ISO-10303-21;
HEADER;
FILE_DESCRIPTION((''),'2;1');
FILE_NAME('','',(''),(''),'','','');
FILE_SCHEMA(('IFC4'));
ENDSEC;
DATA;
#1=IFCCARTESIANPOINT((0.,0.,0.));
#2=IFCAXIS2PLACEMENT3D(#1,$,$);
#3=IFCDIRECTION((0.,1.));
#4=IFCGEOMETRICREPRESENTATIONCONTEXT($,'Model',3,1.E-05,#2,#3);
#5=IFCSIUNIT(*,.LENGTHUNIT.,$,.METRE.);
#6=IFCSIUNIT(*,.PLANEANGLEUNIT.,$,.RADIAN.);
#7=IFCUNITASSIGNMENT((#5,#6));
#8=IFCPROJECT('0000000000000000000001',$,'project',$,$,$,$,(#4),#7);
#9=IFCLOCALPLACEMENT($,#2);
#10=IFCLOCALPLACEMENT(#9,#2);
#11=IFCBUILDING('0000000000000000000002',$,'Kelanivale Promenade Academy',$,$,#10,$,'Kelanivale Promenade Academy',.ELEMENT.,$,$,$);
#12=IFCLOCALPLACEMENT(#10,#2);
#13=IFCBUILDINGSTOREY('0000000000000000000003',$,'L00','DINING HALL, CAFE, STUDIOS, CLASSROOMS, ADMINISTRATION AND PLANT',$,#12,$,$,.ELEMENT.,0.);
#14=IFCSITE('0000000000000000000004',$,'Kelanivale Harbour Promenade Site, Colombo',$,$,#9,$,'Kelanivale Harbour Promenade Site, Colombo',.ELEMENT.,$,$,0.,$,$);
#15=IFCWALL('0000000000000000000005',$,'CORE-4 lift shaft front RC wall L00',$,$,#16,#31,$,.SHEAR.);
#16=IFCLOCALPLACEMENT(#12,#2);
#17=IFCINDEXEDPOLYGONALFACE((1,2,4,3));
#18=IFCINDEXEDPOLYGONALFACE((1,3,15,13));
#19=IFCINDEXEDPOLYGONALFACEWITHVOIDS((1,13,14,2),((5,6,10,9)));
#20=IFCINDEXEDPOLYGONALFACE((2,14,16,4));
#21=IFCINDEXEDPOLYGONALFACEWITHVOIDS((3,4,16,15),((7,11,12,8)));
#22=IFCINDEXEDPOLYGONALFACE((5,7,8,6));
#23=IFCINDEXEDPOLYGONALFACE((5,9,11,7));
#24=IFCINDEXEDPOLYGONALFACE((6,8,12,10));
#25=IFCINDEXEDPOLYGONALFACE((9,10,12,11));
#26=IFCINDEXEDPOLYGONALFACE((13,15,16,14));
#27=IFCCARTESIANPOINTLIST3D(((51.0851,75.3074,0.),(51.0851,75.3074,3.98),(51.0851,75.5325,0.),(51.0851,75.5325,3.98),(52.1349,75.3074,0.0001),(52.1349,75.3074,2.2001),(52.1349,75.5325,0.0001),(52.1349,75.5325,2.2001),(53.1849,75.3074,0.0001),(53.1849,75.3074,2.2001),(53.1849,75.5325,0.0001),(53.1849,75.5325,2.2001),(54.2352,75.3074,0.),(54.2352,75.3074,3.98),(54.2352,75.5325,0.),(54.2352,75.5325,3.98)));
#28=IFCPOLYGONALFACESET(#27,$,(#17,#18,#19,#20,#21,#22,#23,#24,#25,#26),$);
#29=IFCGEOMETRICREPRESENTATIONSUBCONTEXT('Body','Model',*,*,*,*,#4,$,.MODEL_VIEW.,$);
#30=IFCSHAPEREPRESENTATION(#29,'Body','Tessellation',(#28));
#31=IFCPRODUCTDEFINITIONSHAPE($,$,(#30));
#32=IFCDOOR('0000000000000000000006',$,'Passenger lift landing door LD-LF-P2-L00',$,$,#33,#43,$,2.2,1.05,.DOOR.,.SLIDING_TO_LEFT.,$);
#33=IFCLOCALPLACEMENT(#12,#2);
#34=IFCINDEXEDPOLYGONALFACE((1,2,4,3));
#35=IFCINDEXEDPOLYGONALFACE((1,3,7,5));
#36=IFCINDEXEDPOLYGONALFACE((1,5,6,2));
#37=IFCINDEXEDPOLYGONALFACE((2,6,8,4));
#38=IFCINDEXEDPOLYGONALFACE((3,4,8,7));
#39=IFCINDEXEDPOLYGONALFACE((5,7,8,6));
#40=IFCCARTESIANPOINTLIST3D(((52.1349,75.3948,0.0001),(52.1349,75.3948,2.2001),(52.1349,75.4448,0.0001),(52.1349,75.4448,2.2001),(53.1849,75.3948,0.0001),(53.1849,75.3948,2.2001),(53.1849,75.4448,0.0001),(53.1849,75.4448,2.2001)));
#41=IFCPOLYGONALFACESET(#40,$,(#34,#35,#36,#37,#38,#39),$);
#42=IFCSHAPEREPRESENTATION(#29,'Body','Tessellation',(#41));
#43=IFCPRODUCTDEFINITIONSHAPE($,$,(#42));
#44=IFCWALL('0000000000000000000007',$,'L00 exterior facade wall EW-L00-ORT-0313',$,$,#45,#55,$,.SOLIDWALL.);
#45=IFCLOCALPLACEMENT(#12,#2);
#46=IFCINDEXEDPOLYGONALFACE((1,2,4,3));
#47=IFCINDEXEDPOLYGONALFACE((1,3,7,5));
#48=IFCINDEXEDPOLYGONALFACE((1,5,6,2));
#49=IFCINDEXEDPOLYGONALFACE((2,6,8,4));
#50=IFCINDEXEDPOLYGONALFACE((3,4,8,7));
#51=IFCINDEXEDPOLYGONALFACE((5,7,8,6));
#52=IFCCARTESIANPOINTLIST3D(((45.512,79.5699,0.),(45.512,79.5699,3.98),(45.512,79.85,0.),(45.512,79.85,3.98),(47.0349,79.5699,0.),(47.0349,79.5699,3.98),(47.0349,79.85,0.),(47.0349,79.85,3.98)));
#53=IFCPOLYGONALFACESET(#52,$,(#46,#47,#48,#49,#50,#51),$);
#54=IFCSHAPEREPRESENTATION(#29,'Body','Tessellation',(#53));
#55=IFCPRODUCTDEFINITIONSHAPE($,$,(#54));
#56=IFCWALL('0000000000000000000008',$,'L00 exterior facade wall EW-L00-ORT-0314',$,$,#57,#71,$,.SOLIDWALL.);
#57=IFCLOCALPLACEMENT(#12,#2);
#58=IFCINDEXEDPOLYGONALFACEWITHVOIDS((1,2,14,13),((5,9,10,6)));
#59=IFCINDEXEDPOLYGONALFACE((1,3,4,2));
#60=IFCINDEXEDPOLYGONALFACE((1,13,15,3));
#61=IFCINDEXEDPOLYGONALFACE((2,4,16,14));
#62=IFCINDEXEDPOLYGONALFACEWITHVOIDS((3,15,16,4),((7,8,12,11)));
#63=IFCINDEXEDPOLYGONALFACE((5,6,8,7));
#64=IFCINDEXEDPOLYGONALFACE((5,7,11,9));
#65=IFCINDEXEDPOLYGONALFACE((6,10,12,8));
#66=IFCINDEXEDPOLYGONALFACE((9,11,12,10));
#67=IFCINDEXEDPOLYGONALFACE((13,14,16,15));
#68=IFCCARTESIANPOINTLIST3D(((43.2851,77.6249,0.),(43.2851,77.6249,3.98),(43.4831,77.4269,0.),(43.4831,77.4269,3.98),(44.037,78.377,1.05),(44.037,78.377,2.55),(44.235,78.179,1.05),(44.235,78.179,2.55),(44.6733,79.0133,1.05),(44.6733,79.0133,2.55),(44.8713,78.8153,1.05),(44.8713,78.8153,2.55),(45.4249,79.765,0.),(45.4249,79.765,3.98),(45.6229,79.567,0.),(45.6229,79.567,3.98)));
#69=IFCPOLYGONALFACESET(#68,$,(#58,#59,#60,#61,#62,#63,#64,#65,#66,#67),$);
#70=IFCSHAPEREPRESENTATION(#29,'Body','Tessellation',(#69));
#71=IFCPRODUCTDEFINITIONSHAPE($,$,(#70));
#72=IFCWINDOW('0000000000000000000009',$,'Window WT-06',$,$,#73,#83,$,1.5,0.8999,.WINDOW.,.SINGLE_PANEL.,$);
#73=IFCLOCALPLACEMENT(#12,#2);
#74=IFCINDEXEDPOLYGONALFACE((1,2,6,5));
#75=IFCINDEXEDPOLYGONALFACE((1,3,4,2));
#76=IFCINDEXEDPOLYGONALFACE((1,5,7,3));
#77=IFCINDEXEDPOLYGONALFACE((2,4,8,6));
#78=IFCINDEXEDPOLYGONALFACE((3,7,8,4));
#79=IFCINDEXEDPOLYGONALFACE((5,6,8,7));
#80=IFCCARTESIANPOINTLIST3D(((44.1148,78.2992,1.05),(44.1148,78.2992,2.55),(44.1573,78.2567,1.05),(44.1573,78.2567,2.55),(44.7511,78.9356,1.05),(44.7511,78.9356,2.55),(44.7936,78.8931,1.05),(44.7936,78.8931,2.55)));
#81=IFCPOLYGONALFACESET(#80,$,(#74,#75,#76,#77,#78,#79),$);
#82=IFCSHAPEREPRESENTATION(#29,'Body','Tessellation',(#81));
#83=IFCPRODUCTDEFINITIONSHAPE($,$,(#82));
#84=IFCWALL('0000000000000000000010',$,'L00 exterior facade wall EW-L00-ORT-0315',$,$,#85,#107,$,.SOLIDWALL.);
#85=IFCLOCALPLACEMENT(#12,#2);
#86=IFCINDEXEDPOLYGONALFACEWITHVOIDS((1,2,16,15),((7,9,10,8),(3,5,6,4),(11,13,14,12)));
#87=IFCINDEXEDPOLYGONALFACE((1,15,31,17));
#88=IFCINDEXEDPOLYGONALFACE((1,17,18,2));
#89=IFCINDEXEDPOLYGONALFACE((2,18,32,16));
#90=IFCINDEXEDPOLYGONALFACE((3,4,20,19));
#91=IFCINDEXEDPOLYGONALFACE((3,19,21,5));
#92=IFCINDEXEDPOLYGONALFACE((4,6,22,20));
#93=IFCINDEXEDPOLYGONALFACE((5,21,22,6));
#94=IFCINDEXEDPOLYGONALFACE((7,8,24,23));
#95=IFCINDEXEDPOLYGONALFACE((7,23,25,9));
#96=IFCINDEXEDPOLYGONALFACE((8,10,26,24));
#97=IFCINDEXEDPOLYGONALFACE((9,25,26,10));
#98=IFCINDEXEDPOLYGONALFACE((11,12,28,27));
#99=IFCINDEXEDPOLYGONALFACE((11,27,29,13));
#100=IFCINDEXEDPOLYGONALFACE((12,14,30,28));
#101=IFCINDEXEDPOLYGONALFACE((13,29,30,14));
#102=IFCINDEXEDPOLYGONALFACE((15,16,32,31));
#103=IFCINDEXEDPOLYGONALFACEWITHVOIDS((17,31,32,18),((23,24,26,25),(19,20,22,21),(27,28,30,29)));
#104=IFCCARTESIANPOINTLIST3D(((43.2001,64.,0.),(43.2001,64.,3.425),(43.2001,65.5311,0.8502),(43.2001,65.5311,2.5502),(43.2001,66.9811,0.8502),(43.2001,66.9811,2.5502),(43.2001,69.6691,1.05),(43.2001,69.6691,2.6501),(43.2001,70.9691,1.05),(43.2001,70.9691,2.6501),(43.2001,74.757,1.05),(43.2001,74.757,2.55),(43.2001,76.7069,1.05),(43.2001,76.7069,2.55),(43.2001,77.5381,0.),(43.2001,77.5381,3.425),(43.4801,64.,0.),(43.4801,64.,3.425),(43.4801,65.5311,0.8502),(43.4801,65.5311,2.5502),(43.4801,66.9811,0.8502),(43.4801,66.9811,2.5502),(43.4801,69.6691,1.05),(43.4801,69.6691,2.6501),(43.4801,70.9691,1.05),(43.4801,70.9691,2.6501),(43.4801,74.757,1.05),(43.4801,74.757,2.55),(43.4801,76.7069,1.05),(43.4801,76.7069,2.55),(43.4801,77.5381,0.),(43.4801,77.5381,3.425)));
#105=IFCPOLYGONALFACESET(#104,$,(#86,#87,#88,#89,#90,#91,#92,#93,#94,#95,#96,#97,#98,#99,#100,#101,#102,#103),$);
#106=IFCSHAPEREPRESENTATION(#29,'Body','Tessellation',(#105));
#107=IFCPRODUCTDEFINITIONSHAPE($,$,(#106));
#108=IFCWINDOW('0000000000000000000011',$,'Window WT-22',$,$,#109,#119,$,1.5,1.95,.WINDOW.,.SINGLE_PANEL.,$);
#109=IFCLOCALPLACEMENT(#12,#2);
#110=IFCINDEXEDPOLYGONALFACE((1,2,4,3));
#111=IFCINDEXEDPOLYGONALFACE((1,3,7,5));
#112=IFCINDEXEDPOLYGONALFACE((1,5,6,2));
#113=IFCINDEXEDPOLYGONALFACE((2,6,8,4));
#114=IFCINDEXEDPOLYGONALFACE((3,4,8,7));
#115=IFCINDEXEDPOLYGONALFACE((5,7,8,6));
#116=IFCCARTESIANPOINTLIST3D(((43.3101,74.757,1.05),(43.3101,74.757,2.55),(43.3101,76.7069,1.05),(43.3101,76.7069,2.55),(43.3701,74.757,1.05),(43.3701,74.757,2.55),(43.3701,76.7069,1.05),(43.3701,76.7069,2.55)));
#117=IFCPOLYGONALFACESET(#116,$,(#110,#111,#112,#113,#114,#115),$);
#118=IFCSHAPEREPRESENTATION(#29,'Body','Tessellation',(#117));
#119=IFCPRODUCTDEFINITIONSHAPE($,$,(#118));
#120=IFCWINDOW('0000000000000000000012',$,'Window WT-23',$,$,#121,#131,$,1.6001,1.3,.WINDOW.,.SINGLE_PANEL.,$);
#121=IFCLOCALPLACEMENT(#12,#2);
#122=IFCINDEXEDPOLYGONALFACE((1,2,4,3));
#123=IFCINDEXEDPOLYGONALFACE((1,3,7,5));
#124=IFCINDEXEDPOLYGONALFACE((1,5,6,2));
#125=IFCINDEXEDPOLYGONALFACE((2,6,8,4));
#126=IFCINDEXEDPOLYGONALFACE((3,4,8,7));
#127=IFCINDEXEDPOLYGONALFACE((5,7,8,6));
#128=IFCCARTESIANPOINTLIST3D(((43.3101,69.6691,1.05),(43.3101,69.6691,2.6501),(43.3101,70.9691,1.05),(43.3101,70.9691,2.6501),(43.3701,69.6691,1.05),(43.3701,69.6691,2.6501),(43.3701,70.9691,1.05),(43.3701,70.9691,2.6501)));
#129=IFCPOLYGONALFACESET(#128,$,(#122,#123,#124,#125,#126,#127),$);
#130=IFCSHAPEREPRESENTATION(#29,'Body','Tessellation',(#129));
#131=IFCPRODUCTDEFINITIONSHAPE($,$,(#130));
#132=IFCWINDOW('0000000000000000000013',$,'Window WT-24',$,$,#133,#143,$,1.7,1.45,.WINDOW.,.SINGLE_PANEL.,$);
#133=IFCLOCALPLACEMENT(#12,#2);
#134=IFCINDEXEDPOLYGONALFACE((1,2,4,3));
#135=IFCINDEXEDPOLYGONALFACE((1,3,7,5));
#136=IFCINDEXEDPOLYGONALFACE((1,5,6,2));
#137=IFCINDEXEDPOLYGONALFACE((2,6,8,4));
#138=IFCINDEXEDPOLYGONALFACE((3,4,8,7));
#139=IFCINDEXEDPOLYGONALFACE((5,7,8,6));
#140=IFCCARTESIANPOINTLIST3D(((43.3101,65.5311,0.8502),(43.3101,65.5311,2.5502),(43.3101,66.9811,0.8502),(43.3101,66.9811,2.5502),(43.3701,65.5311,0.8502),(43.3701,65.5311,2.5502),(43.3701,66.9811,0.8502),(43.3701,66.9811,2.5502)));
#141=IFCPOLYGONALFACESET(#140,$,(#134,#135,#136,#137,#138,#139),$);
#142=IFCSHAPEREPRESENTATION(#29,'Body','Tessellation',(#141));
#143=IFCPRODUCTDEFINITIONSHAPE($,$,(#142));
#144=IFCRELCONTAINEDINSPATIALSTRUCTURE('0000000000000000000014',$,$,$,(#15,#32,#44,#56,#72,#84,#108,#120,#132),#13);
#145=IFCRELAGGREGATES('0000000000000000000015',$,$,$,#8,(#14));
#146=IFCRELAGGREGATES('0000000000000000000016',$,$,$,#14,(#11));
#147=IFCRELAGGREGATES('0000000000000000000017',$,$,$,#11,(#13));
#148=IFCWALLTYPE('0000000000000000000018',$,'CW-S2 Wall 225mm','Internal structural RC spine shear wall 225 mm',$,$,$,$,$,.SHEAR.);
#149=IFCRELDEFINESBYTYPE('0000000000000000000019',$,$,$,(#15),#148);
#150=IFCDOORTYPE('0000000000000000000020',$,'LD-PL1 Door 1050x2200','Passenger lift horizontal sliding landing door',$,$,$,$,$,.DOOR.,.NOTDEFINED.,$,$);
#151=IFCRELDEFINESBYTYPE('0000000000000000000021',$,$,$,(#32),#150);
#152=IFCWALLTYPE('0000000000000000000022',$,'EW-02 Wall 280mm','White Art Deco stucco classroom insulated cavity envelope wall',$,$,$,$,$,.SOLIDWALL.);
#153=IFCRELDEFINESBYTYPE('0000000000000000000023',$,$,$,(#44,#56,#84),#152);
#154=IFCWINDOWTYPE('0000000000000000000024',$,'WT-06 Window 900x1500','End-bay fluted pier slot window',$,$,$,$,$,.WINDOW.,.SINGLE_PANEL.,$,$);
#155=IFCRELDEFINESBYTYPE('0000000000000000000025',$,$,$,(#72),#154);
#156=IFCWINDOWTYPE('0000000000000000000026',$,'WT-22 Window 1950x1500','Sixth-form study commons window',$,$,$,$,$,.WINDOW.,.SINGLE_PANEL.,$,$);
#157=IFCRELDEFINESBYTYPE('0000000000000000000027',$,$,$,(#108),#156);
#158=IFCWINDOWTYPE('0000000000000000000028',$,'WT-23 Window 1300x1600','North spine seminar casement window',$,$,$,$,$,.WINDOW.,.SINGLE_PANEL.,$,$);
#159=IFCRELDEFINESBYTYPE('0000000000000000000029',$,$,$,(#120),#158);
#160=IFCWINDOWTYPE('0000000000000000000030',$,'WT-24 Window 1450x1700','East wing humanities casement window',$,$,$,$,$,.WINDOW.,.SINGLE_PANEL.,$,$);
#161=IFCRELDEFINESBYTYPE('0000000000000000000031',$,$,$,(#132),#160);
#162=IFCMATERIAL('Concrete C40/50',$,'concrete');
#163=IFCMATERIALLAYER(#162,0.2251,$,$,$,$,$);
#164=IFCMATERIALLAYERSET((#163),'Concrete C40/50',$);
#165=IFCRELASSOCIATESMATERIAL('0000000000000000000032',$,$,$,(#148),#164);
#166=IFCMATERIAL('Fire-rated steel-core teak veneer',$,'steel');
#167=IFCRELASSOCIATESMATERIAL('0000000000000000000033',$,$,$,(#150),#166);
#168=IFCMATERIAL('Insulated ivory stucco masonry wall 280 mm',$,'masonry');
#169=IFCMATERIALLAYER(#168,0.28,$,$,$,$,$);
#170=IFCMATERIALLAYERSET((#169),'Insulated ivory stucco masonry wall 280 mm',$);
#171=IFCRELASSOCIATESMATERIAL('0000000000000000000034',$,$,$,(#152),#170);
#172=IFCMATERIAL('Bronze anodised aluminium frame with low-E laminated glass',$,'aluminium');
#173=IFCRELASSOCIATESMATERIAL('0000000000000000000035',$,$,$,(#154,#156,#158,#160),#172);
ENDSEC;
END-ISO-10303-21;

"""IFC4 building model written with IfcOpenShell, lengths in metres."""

from ifc_helpers import new_model, si_unit, direction, frame, frame_2d, origin, place, context, subcontext, project, spatial, rectangle, extrude, material, layer, layer_set, type_object, element, fill, save


model = new_model("IFC4")

# Units and contexts
model_context = context("Model", 3, precision=1e-05, world=origin(), true_north=direction((0.0, 1.0)))
body_context = subcontext(model_context, "Body", "Model", "MODEL_VIEW")
ifc_project = project(units=[si_unit("LENGTHUNIT", "METRE"), si_unit("PLANEANGLEUNIT", "RADIAN")], contexts=[model_context])

# Site, building, storey
site_placement = place(None, origin())
site = spatial("IfcSite", under=ifc_project, at=site_placement, Name="Kelanivale Harbour Promenade Site, Colombo", LongName="Kelanivale Harbour Promenade Site, Colombo", CompositionType="ELEMENT", RefElevation=0.0)
building_placement = place(site_placement, origin())
building = spatial("IfcBuilding", under=site, at=building_placement, Name="Kelanivale Promenade Academy", LongName="Kelanivale Promenade Academy", CompositionType="ELEMENT")
storey_placement = place(building_placement, origin())
storey = spatial("IfcBuildingStorey", under=building, at=storey_placement, Name="L00", Description="DINING HALL, CAFE, STUDIOS, CLASSROOMS, ADMINISTRATION AND PLANT", CompositionType="ELEMENT", Elevation=0.0)

# Shared definitions
ifc_material_1 = material(Name="Concrete C40/50", Category="concrete")

# Wall, opening, door
ifc_layer_1 = layer(ifc_material_1, 0.2251)
ifc_layer_set_1 = layer_set([ifc_layer_1], Name="Concrete C40/50")
wall_type_1 = type_object("IfcWallType", Name="CW-S2 Wall 225mm", Description="Internal structural RC spine shear wall 225 mm", PredefinedType="SHEAR", material=ifc_layer_set_1)
wall_1_placement = place(storey_placement, frame((51.085, 75.4199, 0.0), z_axis=(0.0, 0.0, 1.0), x_axis=(1.0, 0.0, 0.0)))
wall_1 = element("IfcWall", 1, at=wall_1_placement, inside=storey, type_object=wall_type_1, Name="CORE-4 lift shaft front RC wall L00", PredefinedType="SHEAR", context=body_context, shape_type="SweptSolid", body=[
    extrude(rectangle(XDim=3.1501, YDim=0.2251, at=frame_2d((1.5752, 0.0))), origin(), (0.0, 0.0, 1.0), 3.98),
])
opening_1_placement = place(wall_1_placement, frame((1.05, 0.0, 0.0)))
opening_1 = element("IfcOpeningElement", 2, at=opening_1_placement, cuts=wall_1, PredefinedType="OPENING", context=body_context, shape_type="SweptSolid", body=[
    extrude(rectangle(XDim=1.05, YDim=2.2, at=frame_2d((0.5249, 1.1001))), frame((0.0, 0.1226, 0.0), z_axis=(0.0, -1.0, 0.0), x_axis=(1.0, 0.0, 0.0)), (0.0, 0.0, 1.0), 0.2451),
])
ifc_material_2 = material(Name="Fire-rated steel-core teak veneer", Category="steel")
door_type = type_object("IfcDoorType", Name="LD-PL1 Door 1050x2200", Description="Passenger lift horizontal sliding landing door", OperationType="NOTDEFINED", PredefinedType="DOOR", material=ifc_material_2)
door_placement = place(opening_1_placement, origin())
door = element("IfcDoor", 3, at=door_placement, inside=storey, type_object=door_type, Name="Passenger lift landing door LD-LF-P2-L00", OperationType="SLIDING_TO_LEFT", OverallHeight=2.2, OverallWidth=1.05, PredefinedType="DOOR", context=body_context, shape_type="SweptSolid", body=[
    extrude(rectangle(XDim=1.05, YDim=2.2, at=frame_2d((0.5249, 1.1001))), frame((0.0, 0.0249, 0.0), z_axis=(0.0, -1.0, 0.0), x_axis=(1.0, 0.0, 0.0)), (0.0, 0.0, 1.0), 0.05),
])
fill(opening_1, door)

# Wall
ifc_material_3 = material(Name="Insulated ivory stucco masonry wall 280 mm", Category="masonry")
ifc_layer_2 = layer(ifc_material_3, 0.28)
ifc_layer_set_2 = layer_set([ifc_layer_2], Name="Insulated ivory stucco masonry wall 280 mm")
wall_type_2 = type_object("IfcWallType", Name="EW-02 Wall 280mm", Description="White Art Deco stucco classroom insulated cavity envelope wall", PredefinedType="SOLIDWALL", material=ifc_layer_set_2)
wall_2_placement = place(storey_placement, frame((47.0349, 79.71, 0.0), z_axis=(0.0, 0.0, 1.0), x_axis=(-1.0, 0.0, 0.0)))
element("IfcWall", 4, at=wall_2_placement, inside=storey, type_object=wall_type_2, Name="L00 exterior facade wall EW-L00-ORT-0313", PredefinedType="SOLIDWALL", context=body_context, shape_type="SweptSolid", body=[
    extrude(rectangle(XDim=1.5229, YDim=0.28, at=frame_2d((0.7615, 0.0))), origin(), (0.0, 0.0, 1.0), 3.98),
])

# Wall, opening, window
wall_3_placement = place(storey_placement, frame((45.5239, 79.666, 0.0), z_axis=(0.0, 0.0, 1.0), x_axis=(-0.707066, -0.707147, 0.0)))
wall_3 = element("IfcWall", 5, at=wall_3_placement, inside=storey, type_object=wall_type_2, Name="L00 exterior facade wall EW-L00-ORT-0314", PredefinedType="SOLIDWALL", context=body_context, shape_type="SweptSolid", body=[
    extrude(rectangle(XDim=3.0264, YDim=0.28, at=frame_2d((1.5132, 0.0))), origin(), (0.0, 0.0, 1.0), 3.98),
])
opening_2_placement = place(wall_3_placement, frame((1.063, 0.0, 1.05)))
opening_2 = element("IfcOpeningElement", 6, at=opening_2_placement, cuts=wall_3, PredefinedType="OPENING", context=body_context, shape_type="SweptSolid", body=[
    extrude(rectangle(XDim=0.8999, YDim=1.5, at=frame_2d((0.45, 0.75))), frame((0.0, 0.1499, 0.0), z_axis=(0.0, -1.0, 0.0), x_axis=(1.0, 0.0, 0.0)), (0.0, 0.0, 1.0), 0.3),
])
ifc_material_4 = material(Name="Bronze anodised aluminium frame with low-E laminated glass", Category="aluminium")
window_type_1 = type_object("IfcWindowType", Name="WT-06 Window 900x1500", Description="End-bay fluted pier slot window", PartitioningType="SINGLE_PANEL", PredefinedType="WINDOW", material=ifc_material_4)
window_1_placement = place(opening_2_placement, origin())
window_1 = element("IfcWindow", 7, at=window_1_placement, inside=storey, type_object=window_type_1, Name="Window WT-06", OverallHeight=1.5, OverallWidth=0.8999, PartitioningType="SINGLE_PANEL", PredefinedType="WINDOW", context=body_context, shape_type="SweptSolid", body=[
    extrude(rectangle(XDim=0.8999, YDim=1.5, at=frame_2d((0.45, 0.75))), frame((0.0, 0.03, 0.0), z_axis=(0.0, -1.0, 0.0), x_axis=(1.0, 0.0, 0.0)), (0.0, 0.0, 1.0), 0.0601),
])
fill(opening_2, window_1)

# Wall, openings, windows
wall_4_placement = place(storey_placement, frame((43.3401, 77.5381, 0.0), z_axis=(0.0, 0.0, 1.0), x_axis=(0.0, -1.0, 0.0)))
wall_4 = element("IfcWall", 8, at=wall_4_placement, inside=storey, type_object=wall_type_2, Name="L00 exterior facade wall EW-L00-ORT-0315", PredefinedType="SOLIDWALL", context=body_context, shape_type="SweptSolid", body=[
    extrude(rectangle(XDim=13.5381, YDim=0.28, at=frame_2d((6.769, 0.0))), origin(), (0.0, 0.0, 1.0), 3.425),
])
opening_3_placement = place(wall_4_placement, frame((0.8311, 0.0, 1.05)))
opening_3 = element("IfcOpeningElement", 9, at=opening_3_placement, cuts=wall_4, PredefinedType="OPENING", context=body_context, shape_type="SweptSolid", body=[
    extrude(rectangle(XDim=1.95, YDim=1.5, at=frame_2d((0.9751, 0.75))), frame((0.0, 0.1499, 0.0), z_axis=(0.0, -1.0, 0.0), x_axis=(1.0, 0.0, 0.0)), (0.0, 0.0, 1.0), 0.3),
])
opening_4_placement = place(wall_4_placement, frame((6.5691, 0.0, 1.05)))
opening_4 = element("IfcOpeningElement", 10, at=opening_4_placement, cuts=wall_4, PredefinedType="OPENING", context=body_context, shape_type="SweptSolid", body=[
    extrude(rectangle(XDim=1.3, YDim=1.6001, at=frame_2d((0.6499, 0.8))), frame((0.0, 0.1499, 0.0), z_axis=(0.0, -1.0, 0.0), x_axis=(1.0, 0.0, 0.0)), (0.0, 0.0, 1.0), 0.3),
])
opening_5_placement = place(wall_4_placement, frame((10.5569, 0.0, 0.8501)))
opening_5 = element("IfcOpeningElement", 11, at=opening_5_placement, cuts=wall_4, PredefinedType="OPENING", context=body_context, shape_type="SweptSolid", body=[
    extrude(rectangle(XDim=1.45, YDim=1.7, at=frame_2d((0.7251, 0.8501))), frame((0.0, 0.1499, 0.0), z_axis=(0.0, -1.0, 0.0), x_axis=(1.0, 0.0, 0.0)), (0.0, 0.0, 1.0), 0.3),
])
window_type_2 = type_object("IfcWindowType", Name="WT-22 Window 1950x1500", Description="Sixth-form study commons window", PartitioningType="SINGLE_PANEL", PredefinedType="WINDOW", material=ifc_material_4)
window_2_placement = place(opening_3_placement, origin())
window_2 = element("IfcWindow", 12, at=window_2_placement, inside=storey, type_object=window_type_2, Name="Window WT-22", OverallHeight=1.5, OverallWidth=1.95, PartitioningType="SINGLE_PANEL", PredefinedType="WINDOW", context=body_context, shape_type="SweptSolid", body=[
    extrude(rectangle(XDim=1.95, YDim=1.5, at=frame_2d((0.9751, 0.75))), frame((0.0, 0.03, 0.0), z_axis=(0.0, -1.0, 0.0), x_axis=(1.0, 0.0, 0.0)), (0.0, 0.0, 1.0), 0.0601),
])
fill(opening_3, window_2)
window_type_3 = type_object("IfcWindowType", Name="WT-23 Window 1300x1600", Description="North spine seminar casement window", PartitioningType="SINGLE_PANEL", PredefinedType="WINDOW", material=ifc_material_4)
window_3_placement = place(opening_4_placement, origin())
window_3 = element("IfcWindow", 13, at=window_3_placement, inside=storey, type_object=window_type_3, Name="Window WT-23", OverallHeight=1.6001, OverallWidth=1.3, PartitioningType="SINGLE_PANEL", PredefinedType="WINDOW", context=body_context, shape_type="SweptSolid", body=[
    extrude(rectangle(XDim=1.3, YDim=1.6001, at=frame_2d((0.6499, 0.8))), frame((0.0, 0.03, 0.0), z_axis=(0.0, -1.0, 0.0), x_axis=(1.0, 0.0, 0.0)), (0.0, 0.0, 1.0), 0.0601),
])
fill(opening_4, window_3)
window_type_4 = type_object("IfcWindowType", Name="WT-24 Window 1450x1700", Description="East wing humanities casement window", PartitioningType="SINGLE_PANEL", PredefinedType="WINDOW", material=ifc_material_4)
window_4_placement = place(opening_5_placement, origin())
window_4 = element("IfcWindow", 14, at=window_4_placement, inside=storey, type_object=window_type_4, Name="Window WT-24", OverallHeight=1.7, OverallWidth=1.45, PartitioningType="SINGLE_PANEL", PredefinedType="WINDOW", context=body_context, shape_type="SweptSolid", body=[
    extrude(rectangle(XDim=1.45, YDim=1.7, at=frame_2d((0.7251, 0.8501))), frame((0.0, 0.03, 0.0), z_axis=(0.0, -1.0, 0.0), x_axis=(1.0, 0.0, 0.0)), (0.0, 0.0, 1.0), 0.0601),
])
fill(opening_5, window_4)

save(model, "model.ifc")
